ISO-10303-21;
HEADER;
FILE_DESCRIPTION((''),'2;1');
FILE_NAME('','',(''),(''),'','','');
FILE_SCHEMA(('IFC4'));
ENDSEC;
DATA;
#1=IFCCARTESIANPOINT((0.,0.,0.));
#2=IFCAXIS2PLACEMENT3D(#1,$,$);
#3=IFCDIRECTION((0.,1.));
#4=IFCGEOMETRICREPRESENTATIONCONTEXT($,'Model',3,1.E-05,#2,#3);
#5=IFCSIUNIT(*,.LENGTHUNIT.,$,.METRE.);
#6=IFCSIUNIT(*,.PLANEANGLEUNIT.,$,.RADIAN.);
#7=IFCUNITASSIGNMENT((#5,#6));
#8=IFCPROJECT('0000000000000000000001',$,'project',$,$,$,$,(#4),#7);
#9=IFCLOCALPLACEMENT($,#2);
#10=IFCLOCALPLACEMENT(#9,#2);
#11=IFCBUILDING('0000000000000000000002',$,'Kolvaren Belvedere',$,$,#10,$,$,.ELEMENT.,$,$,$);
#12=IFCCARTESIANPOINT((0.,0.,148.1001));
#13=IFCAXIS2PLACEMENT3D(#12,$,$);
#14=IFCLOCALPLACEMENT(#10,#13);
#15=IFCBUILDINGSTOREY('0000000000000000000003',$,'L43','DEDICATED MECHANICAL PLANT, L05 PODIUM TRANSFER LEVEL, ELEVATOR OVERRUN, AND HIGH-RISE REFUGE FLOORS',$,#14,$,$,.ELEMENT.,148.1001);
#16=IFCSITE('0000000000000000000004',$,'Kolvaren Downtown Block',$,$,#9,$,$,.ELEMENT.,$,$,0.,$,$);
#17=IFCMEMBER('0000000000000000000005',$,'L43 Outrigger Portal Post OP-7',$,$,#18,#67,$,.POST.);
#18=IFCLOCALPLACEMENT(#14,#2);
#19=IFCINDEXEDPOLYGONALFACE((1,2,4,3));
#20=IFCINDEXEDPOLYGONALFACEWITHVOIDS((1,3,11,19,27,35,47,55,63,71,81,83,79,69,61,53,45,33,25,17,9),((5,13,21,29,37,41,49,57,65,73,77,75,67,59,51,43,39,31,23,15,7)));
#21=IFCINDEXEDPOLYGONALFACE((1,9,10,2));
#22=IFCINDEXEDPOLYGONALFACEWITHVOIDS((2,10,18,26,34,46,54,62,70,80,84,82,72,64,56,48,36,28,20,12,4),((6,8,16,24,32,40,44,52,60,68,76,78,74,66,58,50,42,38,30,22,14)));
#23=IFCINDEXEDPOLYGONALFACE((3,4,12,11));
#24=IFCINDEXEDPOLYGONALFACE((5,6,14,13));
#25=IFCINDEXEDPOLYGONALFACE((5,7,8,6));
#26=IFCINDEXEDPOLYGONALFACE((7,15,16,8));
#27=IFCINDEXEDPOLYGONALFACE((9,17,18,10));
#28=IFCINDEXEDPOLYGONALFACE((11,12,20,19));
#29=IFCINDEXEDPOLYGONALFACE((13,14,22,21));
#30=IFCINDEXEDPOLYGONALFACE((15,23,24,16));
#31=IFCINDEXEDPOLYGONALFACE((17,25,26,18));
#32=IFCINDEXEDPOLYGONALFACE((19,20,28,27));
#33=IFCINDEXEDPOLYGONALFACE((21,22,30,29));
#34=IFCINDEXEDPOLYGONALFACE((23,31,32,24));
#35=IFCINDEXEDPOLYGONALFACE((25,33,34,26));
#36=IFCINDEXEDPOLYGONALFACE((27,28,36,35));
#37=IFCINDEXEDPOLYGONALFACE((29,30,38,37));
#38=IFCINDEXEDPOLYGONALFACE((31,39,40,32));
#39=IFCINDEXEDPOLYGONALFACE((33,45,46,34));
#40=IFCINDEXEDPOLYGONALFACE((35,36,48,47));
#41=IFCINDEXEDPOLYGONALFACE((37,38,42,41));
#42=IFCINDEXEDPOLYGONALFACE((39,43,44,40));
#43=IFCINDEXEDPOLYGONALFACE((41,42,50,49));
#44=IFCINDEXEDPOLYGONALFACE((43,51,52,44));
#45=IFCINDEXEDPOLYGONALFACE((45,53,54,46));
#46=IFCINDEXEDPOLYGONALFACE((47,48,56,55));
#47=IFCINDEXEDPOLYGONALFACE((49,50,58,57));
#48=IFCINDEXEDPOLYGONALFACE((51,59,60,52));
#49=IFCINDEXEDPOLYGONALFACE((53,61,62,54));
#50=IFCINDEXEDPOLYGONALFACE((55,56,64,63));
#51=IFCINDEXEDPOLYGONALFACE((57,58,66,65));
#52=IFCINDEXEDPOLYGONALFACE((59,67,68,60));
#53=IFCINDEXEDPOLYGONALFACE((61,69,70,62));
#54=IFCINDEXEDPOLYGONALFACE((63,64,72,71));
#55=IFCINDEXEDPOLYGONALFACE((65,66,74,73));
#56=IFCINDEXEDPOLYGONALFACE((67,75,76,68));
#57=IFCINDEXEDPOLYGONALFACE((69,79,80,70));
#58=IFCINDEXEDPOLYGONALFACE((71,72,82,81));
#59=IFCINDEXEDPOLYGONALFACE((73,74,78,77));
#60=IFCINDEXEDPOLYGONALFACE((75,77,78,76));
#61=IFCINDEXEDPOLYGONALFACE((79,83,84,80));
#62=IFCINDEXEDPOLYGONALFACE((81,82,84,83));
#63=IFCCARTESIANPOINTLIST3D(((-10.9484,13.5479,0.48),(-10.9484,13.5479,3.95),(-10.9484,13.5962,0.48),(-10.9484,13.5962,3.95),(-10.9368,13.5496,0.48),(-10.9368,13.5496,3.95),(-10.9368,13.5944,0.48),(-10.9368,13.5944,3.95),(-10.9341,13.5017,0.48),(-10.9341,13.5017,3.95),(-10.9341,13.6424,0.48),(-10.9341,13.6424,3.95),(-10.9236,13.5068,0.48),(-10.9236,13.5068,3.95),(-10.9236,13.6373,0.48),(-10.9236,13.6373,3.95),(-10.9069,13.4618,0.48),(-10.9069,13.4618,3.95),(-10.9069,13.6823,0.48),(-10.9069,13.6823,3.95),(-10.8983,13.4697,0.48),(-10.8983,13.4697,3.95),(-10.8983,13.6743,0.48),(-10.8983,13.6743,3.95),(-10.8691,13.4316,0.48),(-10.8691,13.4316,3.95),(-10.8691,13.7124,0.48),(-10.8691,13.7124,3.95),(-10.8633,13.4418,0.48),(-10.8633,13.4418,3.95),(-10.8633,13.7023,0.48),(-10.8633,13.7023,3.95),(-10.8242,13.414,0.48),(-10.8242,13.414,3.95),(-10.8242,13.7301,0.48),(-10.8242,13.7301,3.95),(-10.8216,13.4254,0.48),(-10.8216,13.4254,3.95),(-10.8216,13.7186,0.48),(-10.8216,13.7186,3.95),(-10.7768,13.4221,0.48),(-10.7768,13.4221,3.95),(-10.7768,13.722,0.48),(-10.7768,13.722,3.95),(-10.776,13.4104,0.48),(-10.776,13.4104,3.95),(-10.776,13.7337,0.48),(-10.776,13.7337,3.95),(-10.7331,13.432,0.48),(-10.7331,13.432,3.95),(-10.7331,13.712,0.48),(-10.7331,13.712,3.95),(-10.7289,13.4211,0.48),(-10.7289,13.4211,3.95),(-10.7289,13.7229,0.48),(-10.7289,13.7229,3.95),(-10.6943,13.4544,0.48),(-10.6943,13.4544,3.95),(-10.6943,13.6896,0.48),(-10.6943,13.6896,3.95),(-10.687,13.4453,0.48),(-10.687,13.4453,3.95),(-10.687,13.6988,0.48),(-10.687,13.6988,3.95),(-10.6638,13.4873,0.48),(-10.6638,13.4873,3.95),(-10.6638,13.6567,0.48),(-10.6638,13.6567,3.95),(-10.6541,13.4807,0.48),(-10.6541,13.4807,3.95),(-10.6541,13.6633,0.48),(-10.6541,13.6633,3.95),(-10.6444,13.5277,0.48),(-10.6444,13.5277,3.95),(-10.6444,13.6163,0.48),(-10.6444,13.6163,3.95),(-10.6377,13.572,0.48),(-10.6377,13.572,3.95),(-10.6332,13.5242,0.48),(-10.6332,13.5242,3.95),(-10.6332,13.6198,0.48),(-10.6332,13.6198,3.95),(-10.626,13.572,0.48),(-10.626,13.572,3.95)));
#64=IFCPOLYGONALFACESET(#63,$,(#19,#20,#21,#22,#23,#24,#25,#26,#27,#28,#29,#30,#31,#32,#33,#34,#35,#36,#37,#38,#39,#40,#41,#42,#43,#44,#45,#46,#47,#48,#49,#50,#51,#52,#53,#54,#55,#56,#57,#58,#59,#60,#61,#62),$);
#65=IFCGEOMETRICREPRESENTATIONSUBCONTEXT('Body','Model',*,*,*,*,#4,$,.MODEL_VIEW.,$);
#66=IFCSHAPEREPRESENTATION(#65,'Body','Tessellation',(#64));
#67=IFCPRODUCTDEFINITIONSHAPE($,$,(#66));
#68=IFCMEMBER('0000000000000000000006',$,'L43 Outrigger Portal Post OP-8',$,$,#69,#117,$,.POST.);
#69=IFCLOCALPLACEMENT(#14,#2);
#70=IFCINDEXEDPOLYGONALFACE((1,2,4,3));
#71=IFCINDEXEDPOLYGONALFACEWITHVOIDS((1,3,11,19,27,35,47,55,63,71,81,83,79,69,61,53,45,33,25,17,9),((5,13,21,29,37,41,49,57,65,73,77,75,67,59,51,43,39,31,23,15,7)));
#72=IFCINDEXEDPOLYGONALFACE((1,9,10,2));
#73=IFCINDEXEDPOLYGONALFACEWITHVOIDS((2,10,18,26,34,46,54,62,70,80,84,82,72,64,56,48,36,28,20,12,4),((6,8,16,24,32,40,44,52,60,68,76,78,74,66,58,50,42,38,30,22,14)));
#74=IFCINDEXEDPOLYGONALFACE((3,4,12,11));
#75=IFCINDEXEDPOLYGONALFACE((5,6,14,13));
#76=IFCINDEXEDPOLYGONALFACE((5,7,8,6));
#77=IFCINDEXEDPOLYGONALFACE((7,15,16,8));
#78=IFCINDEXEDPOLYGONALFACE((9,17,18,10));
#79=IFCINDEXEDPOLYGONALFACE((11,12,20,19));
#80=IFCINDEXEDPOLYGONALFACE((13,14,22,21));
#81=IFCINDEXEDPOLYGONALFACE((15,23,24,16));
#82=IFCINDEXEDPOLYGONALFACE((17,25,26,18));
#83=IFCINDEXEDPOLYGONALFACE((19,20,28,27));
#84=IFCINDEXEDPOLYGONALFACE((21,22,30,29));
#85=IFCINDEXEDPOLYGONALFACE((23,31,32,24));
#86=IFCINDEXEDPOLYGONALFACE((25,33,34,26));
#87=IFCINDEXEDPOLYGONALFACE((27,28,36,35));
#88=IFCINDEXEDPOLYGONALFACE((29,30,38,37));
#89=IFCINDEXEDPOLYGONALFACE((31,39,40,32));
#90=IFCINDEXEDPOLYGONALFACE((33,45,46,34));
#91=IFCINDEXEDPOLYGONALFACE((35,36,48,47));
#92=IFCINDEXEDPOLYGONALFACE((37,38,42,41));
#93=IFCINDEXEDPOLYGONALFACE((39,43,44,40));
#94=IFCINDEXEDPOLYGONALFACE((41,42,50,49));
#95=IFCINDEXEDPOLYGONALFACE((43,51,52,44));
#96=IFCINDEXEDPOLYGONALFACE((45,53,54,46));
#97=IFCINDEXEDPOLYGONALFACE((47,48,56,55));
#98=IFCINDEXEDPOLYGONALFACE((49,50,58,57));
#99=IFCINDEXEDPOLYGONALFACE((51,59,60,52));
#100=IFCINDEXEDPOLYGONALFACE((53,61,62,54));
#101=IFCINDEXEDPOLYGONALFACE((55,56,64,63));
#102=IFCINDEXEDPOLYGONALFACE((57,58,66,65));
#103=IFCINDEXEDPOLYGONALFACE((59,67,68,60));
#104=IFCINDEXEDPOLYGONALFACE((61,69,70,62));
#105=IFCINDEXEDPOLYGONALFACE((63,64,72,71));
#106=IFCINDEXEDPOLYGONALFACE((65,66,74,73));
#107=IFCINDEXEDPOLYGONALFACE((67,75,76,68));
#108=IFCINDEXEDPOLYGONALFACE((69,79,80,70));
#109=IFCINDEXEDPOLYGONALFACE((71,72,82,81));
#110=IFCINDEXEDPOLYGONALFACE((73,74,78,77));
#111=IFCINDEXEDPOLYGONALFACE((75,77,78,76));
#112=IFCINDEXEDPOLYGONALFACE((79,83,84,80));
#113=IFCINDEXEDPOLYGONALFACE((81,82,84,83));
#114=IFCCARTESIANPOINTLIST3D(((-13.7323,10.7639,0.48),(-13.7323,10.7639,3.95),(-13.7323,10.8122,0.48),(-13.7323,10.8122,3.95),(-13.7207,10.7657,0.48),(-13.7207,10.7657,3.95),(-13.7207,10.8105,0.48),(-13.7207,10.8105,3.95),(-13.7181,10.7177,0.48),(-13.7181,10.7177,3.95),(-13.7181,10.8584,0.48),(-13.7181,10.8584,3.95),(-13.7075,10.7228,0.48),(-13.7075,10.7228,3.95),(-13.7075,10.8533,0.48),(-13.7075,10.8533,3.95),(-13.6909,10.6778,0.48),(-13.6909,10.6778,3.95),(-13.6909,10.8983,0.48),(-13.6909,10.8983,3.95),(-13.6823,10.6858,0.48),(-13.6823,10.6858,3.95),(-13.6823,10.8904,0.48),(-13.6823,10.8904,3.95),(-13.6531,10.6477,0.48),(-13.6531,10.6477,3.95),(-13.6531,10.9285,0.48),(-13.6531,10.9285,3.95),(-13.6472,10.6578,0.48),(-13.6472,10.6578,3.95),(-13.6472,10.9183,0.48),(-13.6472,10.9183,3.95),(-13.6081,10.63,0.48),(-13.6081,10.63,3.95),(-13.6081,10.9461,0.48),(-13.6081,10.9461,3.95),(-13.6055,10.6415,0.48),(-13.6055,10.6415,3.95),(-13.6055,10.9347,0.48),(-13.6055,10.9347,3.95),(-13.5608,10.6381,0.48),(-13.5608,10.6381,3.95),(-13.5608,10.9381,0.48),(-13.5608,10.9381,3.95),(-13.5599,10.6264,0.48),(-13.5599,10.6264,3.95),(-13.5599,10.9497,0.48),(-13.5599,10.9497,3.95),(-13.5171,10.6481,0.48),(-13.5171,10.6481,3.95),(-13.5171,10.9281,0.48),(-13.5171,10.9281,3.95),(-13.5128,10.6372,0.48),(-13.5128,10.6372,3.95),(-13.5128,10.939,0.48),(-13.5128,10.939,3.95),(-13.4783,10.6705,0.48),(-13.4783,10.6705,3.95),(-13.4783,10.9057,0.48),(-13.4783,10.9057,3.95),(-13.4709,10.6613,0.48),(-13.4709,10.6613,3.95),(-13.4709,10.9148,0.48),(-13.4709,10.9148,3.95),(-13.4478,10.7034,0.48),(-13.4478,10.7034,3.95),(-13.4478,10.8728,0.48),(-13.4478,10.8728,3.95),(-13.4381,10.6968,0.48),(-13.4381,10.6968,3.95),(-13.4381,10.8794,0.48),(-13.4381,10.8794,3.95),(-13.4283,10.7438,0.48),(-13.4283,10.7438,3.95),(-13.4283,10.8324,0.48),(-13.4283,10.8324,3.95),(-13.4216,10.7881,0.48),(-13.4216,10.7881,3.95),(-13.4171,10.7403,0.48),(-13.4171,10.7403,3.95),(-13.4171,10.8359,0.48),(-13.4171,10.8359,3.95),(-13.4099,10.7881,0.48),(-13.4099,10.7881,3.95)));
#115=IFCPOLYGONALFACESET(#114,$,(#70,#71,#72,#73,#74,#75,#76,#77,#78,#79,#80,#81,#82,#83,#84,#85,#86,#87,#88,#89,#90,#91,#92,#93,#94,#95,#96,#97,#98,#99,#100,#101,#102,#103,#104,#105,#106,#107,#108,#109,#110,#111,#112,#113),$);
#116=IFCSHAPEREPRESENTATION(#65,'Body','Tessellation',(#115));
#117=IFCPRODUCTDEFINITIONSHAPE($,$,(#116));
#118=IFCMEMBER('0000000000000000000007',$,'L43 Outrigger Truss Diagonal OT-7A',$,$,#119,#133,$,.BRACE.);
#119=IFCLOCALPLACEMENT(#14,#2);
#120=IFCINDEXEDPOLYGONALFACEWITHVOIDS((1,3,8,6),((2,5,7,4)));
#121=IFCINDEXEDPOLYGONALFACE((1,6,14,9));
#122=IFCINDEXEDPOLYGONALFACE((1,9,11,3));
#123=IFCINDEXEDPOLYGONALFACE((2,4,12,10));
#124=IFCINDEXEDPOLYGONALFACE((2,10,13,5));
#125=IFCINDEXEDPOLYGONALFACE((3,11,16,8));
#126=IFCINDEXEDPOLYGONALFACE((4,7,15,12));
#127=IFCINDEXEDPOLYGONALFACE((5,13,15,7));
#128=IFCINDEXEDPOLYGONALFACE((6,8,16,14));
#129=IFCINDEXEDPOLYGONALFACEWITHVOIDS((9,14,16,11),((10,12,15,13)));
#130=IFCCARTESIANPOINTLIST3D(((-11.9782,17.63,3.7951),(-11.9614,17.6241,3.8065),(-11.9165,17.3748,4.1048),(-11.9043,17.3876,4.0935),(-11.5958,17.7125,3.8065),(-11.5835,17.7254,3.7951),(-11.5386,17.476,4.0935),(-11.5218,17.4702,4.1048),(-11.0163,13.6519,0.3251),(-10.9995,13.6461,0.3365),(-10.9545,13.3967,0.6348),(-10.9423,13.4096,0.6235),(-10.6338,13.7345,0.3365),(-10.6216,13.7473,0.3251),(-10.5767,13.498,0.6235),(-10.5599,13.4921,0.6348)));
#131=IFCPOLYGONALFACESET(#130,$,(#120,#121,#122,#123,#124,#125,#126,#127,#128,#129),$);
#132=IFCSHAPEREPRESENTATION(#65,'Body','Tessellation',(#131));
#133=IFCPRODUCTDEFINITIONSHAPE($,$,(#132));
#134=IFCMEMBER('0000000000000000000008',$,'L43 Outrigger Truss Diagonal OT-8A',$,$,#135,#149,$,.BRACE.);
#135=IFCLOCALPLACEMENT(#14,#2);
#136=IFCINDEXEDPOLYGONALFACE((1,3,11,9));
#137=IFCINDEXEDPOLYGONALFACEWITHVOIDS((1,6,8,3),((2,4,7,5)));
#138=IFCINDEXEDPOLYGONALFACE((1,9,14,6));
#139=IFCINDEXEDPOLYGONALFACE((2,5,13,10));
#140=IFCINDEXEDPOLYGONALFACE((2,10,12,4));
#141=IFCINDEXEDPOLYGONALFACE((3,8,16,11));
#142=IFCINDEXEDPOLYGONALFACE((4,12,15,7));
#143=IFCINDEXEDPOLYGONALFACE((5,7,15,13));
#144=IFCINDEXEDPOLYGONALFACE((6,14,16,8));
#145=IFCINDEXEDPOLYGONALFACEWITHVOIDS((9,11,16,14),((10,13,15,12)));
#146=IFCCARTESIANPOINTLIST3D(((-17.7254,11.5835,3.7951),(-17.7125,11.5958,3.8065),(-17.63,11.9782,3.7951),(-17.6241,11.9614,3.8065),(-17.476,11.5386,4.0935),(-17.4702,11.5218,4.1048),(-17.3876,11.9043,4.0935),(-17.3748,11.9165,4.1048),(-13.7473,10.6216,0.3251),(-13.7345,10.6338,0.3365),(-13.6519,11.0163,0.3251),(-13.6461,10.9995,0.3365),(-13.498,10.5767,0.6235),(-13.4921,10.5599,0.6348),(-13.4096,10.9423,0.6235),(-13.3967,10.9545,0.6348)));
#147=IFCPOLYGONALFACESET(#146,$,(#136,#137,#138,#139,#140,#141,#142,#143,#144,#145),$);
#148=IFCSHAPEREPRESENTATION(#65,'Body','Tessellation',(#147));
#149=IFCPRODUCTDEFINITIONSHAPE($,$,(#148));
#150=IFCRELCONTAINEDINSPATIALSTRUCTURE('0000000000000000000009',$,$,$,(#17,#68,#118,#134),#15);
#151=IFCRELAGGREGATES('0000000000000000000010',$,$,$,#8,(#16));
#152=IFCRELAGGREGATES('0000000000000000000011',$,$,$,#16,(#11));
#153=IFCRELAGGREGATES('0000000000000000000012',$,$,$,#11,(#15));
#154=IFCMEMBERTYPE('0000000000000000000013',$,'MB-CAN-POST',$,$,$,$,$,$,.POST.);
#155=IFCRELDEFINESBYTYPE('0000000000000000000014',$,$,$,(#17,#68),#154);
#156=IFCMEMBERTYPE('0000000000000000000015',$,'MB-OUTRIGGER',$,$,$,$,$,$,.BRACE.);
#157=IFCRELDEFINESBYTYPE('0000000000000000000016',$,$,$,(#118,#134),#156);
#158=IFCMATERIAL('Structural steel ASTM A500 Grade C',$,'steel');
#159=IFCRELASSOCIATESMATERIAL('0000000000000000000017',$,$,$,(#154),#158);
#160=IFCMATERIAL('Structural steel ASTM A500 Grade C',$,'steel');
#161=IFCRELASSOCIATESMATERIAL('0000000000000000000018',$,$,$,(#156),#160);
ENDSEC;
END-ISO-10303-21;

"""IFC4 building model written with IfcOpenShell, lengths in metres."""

from ifc_helpers import new_model, si_unit, direction, frame, origin, origin_2d, place, context, subcontext, project, spatial, hollow_rectangle, hollow_circle, extrude, material, material_profile, profile_set, type_object, element, save


model = new_model("IFC4")

# Units and contexts
model_context = context("Model", 3, precision=1e-05, world=origin(), true_north=direction((0.0, 1.0)))
body_context = subcontext(model_context, "Body", "Model", "MODEL_VIEW")
ifc_project = project(units=[si_unit("LENGTHUNIT", "METRE"), si_unit("PLANEANGLEUNIT", "RADIAN")], contexts=[model_context])

# Site, building, storey
site_placement = place(None, origin())
site = spatial("IfcSite", under=ifc_project, at=site_placement, Name="Kolvaren Downtown Block", CompositionType="ELEMENT", RefElevation=0.0)
building_placement = place(site_placement, origin())
building = spatial("IfcBuilding", under=site, at=building_placement, Name="Kolvaren Belvedere", CompositionType="ELEMENT")
storey_placement = place(building_placement, frame((0.0, 0.0, 148.1001)))
storey = spatial("IfcBuildingStorey", under=building, at=storey_placement, Name="L43", Description="DEDICATED MECHANICAL PLANT, L05 PODIUM TRANSFER LEVEL, ELEVATOR OVERRUN, AND HIGH-RISE REFUGE FLOORS", CompositionType="ELEMENT", Elevation=148.1001)

# Members
ifc_material_1 = material(Name="Structural steel ASTM A500 Grade C", Category="steel")
ifc_material_profile_1 = material_profile(ifc_material_1, hollow_circle(Radius=0.1621, WallThickness=0.0117, at=origin_2d()), Name="HSS12.750X0.500")
ifc_profile_set_1 = profile_set([ifc_material_profile_1], Name="Structural steel ASTM A500 Grade C")
member_type_1 = type_object("IfcMemberType", Name="MB-CAN-POST", PredefinedType="POST", material=ifc_profile_set_1)
for number, where, z_axis, x_axis, name in (
    (1, (-10.7881, 13.572, 0.48), (0.0, 0.0, 1.0), (1.0, 0.0, 0.0), "L43 Outrigger Portal Post OP-7"),
    (2, (-13.572, 10.7881, 0.48), (0.0, 0.0, 1.0), (1.0, 0.0, 0.0), "L43 Outrigger Portal Post OP-8"),
):
    element("IfcMember", number, at=place(storey_placement, frame(where, z_axis=z_axis, x_axis=x_axis)), inside=storey, type_object=member_type_1, Name=name, PredefinedType="POST", context=body_context, shape_type="SweptSolid", body=[
        extrude(hollow_circle(Radius=0.1621, WallThickness=0.0117, at=origin_2d()), origin(), (0.0, 0.0, 1.0), 3.47),
    ])
ifc_material_2 = material(Name="Structural steel ASTM A500 Grade C", Category="steel")
ifc_material_profile_2 = material_profile(ifc_material_2, hollow_rectangle(XDim=0.406, YDim=0.406, WallThickness=0.0149, at=origin_2d()), Name="HSS16X16X5/8")
ifc_profile_set_2 = profile_set([ifc_material_profile_2], Name="Structural steel ASTM A500 Grade C")
member_type_2 = type_object("IfcMemberType", Name="MB-OUTRIGGER", PredefinedType="BRACE", material=ifc_profile_set_2)
for number, where, z_axis, x_axis, name in (
    (3, (-10.7881, 13.572, 0.48), (-0.179271, 0.741382, 0.646696), (-0.971987, -0.235033, 0.0), "L43 Outrigger Truss Diagonal OT-7A"),
    (4, (-13.572, 10.7881, 0.48), (-0.741382, 0.179271, 0.646696), (-0.235033, -0.971987, 0.0), "L43 Outrigger Truss Diagonal OT-8A"),
):
    element("IfcMember", number, at=place(storey_placement, frame(where, z_axis=z_axis, x_axis=x_axis)), inside=storey, type_object=member_type_2, Name=name, PredefinedType="BRACE", context=body_context, shape_type="SweptSolid", body=[
        extrude(hollow_rectangle(XDim=0.406, YDim=0.406, WallThickness=0.0149, at=origin_2d()), origin(), (0.0, 0.0, 1.0), 5.3657),
    ])

save(model, "model.ifc")
